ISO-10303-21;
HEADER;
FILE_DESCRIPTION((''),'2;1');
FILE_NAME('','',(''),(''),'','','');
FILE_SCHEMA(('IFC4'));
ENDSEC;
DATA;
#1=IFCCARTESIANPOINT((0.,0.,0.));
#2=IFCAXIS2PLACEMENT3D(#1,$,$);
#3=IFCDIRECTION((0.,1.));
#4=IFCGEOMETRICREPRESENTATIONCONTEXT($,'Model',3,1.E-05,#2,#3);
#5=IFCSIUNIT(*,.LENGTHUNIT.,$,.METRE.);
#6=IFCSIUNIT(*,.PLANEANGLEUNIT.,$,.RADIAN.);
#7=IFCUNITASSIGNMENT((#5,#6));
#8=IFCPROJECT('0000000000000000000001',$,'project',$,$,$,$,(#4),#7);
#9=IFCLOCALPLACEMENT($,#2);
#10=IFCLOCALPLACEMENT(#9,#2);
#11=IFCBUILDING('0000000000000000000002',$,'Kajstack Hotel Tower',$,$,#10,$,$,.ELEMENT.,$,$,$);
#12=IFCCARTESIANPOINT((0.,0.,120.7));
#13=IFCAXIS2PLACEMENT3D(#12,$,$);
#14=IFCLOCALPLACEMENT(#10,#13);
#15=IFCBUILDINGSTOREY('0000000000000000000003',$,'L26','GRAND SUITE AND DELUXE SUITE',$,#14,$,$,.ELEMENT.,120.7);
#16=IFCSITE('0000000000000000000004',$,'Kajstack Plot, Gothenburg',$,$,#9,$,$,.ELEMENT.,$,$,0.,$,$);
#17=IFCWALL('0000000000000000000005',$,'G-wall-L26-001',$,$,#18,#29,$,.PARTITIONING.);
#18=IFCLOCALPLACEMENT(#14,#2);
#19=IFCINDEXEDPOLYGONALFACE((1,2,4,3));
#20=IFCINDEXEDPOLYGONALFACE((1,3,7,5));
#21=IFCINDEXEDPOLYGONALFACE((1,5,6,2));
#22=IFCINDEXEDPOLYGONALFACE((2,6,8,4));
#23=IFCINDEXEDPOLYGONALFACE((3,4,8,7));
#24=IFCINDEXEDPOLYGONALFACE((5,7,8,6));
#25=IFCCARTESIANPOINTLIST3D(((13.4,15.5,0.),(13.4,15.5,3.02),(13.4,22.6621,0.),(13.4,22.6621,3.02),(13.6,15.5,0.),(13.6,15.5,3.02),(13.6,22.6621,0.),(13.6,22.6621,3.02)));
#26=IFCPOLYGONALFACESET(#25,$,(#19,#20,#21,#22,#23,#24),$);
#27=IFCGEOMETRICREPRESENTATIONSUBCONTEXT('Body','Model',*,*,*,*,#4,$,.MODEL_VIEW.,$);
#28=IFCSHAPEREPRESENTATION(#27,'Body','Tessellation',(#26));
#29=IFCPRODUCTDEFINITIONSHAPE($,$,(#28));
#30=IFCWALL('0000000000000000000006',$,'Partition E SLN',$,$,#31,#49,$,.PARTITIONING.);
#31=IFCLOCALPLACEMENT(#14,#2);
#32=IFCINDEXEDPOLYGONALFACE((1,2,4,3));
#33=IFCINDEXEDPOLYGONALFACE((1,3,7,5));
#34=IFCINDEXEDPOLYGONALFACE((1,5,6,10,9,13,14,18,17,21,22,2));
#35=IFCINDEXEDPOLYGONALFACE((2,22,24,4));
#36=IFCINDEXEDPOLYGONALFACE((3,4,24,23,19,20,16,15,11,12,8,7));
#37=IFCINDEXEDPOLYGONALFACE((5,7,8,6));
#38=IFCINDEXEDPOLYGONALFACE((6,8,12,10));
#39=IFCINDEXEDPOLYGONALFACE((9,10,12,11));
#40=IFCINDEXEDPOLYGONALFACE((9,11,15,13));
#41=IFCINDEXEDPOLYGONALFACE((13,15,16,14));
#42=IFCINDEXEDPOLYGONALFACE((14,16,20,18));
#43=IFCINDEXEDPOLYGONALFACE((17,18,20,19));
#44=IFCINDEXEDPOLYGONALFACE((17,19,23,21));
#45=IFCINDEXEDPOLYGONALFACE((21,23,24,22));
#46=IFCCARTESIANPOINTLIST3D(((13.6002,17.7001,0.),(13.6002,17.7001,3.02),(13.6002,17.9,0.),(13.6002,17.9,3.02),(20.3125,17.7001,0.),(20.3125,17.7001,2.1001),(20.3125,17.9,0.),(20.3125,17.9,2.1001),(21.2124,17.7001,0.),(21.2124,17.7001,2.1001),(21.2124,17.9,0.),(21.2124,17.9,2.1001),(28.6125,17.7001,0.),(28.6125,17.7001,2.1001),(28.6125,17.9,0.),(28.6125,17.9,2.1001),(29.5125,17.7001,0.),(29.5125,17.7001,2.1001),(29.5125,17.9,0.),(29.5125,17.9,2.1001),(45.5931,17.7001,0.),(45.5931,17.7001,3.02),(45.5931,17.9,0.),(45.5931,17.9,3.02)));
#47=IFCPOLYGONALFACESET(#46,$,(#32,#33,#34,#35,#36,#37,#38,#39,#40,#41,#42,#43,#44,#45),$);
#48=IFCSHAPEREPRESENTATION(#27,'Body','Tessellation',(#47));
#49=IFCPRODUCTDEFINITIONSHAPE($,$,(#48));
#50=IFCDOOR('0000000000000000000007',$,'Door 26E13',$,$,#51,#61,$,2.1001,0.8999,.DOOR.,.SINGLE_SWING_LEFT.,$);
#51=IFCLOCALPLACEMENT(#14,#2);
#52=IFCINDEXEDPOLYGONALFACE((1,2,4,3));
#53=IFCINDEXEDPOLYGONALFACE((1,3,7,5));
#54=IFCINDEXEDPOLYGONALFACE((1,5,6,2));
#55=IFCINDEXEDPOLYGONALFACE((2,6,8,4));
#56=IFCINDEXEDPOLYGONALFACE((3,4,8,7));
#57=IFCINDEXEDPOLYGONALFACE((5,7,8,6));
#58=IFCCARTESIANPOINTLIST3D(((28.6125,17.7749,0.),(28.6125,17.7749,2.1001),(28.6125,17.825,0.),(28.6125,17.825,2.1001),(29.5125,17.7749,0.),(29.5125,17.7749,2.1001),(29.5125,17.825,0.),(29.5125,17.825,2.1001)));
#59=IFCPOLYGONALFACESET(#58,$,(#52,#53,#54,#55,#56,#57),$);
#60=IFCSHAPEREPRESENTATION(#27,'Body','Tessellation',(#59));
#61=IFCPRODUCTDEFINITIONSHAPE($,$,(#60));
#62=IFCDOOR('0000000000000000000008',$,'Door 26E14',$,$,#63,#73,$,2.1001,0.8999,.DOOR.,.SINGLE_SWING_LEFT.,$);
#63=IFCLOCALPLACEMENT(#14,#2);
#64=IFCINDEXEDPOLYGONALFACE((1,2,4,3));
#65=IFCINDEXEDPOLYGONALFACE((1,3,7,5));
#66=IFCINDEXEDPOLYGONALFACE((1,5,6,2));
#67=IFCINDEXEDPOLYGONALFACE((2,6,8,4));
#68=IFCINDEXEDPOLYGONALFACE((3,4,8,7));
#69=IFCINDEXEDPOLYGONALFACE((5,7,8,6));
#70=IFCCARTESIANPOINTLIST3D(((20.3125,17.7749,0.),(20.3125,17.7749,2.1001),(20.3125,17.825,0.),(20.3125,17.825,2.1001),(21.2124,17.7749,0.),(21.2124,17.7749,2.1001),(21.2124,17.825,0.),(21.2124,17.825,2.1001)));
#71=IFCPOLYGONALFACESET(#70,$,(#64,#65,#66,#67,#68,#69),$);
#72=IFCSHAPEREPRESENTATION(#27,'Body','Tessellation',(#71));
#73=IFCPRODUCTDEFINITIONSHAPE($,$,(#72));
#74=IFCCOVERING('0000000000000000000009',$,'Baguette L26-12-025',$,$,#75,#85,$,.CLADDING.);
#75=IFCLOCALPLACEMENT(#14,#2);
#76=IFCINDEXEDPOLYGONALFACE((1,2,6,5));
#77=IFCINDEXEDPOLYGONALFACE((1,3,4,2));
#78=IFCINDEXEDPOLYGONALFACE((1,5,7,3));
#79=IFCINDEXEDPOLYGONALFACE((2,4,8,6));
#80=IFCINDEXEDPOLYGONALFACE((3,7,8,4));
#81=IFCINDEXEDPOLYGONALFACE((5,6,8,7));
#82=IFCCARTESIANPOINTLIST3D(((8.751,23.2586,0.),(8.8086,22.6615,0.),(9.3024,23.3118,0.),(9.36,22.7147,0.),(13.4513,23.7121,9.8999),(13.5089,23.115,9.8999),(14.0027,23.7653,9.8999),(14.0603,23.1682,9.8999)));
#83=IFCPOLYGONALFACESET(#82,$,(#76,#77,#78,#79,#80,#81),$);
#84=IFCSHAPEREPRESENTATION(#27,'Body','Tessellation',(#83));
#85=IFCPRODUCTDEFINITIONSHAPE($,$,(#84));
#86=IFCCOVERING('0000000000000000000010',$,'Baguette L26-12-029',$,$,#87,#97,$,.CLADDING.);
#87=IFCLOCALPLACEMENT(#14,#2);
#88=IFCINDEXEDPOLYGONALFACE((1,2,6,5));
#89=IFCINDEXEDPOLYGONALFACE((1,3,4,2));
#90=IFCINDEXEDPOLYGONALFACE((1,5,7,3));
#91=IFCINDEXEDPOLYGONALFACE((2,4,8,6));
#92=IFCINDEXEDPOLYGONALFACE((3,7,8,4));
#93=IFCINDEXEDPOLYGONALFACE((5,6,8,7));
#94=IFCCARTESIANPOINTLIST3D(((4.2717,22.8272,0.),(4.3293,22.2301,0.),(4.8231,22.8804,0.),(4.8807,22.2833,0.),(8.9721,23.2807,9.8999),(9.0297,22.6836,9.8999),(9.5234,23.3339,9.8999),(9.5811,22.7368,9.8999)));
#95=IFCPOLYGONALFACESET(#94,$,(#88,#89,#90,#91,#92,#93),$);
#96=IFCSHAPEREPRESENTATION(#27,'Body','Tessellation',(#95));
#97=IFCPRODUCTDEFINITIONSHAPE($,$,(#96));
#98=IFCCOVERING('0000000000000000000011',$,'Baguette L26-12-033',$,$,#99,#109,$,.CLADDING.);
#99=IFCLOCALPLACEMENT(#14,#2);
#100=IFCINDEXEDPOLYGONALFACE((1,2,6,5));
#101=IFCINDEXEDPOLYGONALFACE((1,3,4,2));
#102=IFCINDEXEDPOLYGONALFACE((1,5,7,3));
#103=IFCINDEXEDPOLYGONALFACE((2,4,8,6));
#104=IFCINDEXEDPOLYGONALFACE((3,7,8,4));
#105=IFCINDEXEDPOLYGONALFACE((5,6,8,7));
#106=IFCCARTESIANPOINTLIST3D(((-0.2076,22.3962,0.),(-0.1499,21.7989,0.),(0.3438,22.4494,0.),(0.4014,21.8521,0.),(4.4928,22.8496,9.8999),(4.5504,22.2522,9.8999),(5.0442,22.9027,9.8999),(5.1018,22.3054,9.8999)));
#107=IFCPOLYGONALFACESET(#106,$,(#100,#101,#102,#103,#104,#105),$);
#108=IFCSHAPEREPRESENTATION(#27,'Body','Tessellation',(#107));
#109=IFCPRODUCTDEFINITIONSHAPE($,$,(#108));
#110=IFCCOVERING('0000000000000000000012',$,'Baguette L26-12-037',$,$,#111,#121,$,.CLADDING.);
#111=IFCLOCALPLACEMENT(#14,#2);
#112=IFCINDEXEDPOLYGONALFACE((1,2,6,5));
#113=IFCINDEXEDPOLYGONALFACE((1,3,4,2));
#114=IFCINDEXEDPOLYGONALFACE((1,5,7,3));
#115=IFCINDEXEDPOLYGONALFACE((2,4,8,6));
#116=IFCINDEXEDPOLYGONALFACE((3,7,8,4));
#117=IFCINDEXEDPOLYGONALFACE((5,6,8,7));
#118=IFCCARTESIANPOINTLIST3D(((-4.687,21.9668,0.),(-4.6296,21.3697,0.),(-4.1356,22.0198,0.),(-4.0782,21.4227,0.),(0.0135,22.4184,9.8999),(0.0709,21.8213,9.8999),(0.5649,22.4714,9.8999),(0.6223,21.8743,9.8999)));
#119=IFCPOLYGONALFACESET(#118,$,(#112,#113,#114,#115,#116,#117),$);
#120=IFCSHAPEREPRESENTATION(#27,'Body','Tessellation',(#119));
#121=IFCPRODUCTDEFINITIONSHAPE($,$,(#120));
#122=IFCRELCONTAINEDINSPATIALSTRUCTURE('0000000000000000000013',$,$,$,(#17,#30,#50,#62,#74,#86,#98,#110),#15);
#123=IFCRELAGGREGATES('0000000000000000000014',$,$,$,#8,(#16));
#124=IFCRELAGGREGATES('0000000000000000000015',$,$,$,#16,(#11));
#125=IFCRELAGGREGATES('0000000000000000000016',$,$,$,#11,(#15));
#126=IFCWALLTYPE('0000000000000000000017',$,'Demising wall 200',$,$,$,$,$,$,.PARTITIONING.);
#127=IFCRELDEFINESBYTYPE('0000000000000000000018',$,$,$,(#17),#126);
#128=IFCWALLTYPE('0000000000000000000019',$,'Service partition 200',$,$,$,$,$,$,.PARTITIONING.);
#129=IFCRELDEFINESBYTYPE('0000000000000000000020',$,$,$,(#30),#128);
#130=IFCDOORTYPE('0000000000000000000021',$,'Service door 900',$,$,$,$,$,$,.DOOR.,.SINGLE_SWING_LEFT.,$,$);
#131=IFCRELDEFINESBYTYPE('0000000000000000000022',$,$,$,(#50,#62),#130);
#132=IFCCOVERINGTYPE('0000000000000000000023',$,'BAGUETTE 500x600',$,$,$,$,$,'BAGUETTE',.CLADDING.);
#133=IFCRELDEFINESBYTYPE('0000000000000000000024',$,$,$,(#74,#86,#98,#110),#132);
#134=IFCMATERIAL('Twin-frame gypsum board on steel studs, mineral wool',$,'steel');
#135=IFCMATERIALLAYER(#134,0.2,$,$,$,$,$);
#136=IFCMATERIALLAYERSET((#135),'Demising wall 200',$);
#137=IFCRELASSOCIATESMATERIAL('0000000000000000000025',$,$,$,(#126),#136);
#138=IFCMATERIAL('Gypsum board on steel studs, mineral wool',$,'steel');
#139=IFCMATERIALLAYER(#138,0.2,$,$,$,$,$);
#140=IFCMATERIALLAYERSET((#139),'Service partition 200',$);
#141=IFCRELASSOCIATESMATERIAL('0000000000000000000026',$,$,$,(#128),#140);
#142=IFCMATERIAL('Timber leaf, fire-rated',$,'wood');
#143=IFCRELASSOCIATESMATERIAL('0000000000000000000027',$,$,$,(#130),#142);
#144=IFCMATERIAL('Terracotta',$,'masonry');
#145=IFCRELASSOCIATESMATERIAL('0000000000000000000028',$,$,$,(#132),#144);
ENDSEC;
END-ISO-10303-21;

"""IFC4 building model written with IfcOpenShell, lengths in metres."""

from ifc_helpers import new_model, si_unit, direction, frame, frame_2d, origin, origin_2d, place, context, subcontext, project, spatial, polyline, rectangle, outline, extrude, material, layer, layer_set, material_profile, profile_set, type_object, element, fill, save


model = new_model("IFC4")

# Units and contexts
model_context = context("Model", 3, precision=1e-05, world=origin(), true_north=direction((0.0, 1.0)))
body_context = subcontext(model_context, "Body", "Model", "MODEL_VIEW")
ifc_project = project(units=[si_unit("LENGTHUNIT", "METRE"), si_unit("PLANEANGLEUNIT", "RADIAN")], contexts=[model_context])

# Site, building, storey
site_placement = place(None, origin())
site = spatial("IfcSite", under=ifc_project, at=site_placement, Name="Kajstack Plot, Gothenburg", CompositionType="ELEMENT", RefElevation=0.0)
building_placement = place(site_placement, origin())
building = spatial("IfcBuilding", under=site, at=building_placement, Name="Kajstack Hotel Tower", CompositionType="ELEMENT")
storey_placement = place(building_placement, frame((0.0, 0.0, 120.7)))
storey = spatial("IfcBuildingStorey", under=building, at=storey_placement, Name="L26", Description="GRAND SUITE AND DELUXE SUITE", CompositionType="ELEMENT", Elevation=120.7)

# Wall
ifc_material_1 = material(Name="Twin-frame gypsum board on steel studs, mineral wool", Category="steel")
ifc_layer_1 = layer(ifc_material_1, 0.2)
ifc_layer_set_1 = layer_set([ifc_layer_1], Name="Demising wall 200")
wall_type_1 = type_object("IfcWallType", Name="Demising wall 200", PredefinedType="PARTITIONING", material=ifc_layer_set_1)
wall_1_placement = place(storey_placement, frame((13.5, 15.5, 0.0), z_axis=(0.0, 0.0, 1.0), x_axis=(0.0, 1.0, 0.0)))
element("IfcWall", 1, at=wall_1_placement, inside=storey, type_object=wall_type_1, Name="G-wall-L26-001", PredefinedType="PARTITIONING", context=body_context, shape_type="SweptSolid", body=[
    extrude(rectangle(XDim=7.1621, YDim=0.2, at=frame_2d((3.5811, 0.0))), origin(), (0.0, 0.0, 1.0), 3.02),
])

# Wall, openings, doors
ifc_material_2 = material(Name="Gypsum board on steel studs, mineral wool", Category="steel")
ifc_layer_2 = layer(ifc_material_2, 0.2)
ifc_layer_set_2 = layer_set([ifc_layer_2], Name="Service partition 200")
wall_type_2 = type_object("IfcWallType", Name="Service partition 200", PredefinedType="PARTITIONING", material=ifc_layer_set_2)
wall_2_placement = place(storey_placement, frame((13.6001, 17.8, 0.0), z_axis=(0.0, 0.0, 1.0), x_axis=(1.0, 0.0, 0.0)))
wall_2 = element("IfcWall", 2, at=wall_2_placement, inside=storey, type_object=wall_type_2, Name="Partition E SLN", PredefinedType="PARTITIONING", context=body_context, shape_type="SweptSolid", body=[
    extrude(rectangle(XDim=31.9929, YDim=0.2, at=frame_2d((15.9966, 0.0))), origin(), (0.0, 0.0, 1.0), 3.02),
])
opening_1_placement = place(wall_2_placement, frame((15.0125, 0.0, 0.0)))
opening_1 = element("IfcOpeningElement", 3, at=opening_1_placement, cuts=wall_2, PredefinedType="OPENING", context=body_context, shape_type="SweptSolid", body=[
    extrude(rectangle(XDim=0.8999, YDim=2.1001, at=frame_2d((0.45, 1.05))), frame((0.0, 0.1099, 0.0), z_axis=(0.0, -1.0, 0.0), x_axis=(1.0, 0.0, 0.0)), (0.0, 0.0, 1.0), 0.22),
])
opening_2_placement = place(wall_2_placement, frame((6.7124, 0.0, 0.0)))
opening_2 = element("IfcOpeningElement", 4, at=opening_2_placement, cuts=wall_2, PredefinedType="OPENING", context=body_context, shape_type="SweptSolid", body=[
    extrude(rectangle(XDim=0.8999, YDim=2.1001, at=frame_2d((0.45, 1.05))), frame((0.0, 0.1099, 0.0), z_axis=(0.0, -1.0, 0.0), x_axis=(1.0, 0.0, 0.0)), (0.0, 0.0, 1.0), 0.22),
])
ifc_material_3 = material(Name="Timber leaf, fire-rated", Category="wood")
door_type = type_object("IfcDoorType", Name="Service door 900", OperationType="SINGLE_SWING_LEFT", PredefinedType="DOOR", material=ifc_material_3)
door_1_placement = place(opening_1_placement, origin())
door_1 = element("IfcDoor", 5, at=door_1_placement, inside=storey, type_object=door_type, Name="Door 26E13", OperationType="SINGLE_SWING_LEFT", OverallHeight=2.1001, OverallWidth=0.8999, PredefinedType="DOOR", context=body_context, shape_type="SweptSolid", body=[
    extrude(rectangle(XDim=0.8999, YDim=2.1001, at=frame_2d((0.45, 1.05))), frame((0.0, 0.0249, 0.0), z_axis=(0.0, -1.0, 0.0), x_axis=(1.0, 0.0, 0.0)), (0.0, 0.0, 1.0), 0.05),
])
fill(opening_1, door_1)
door_2_placement = place(opening_2_placement, origin())
door_2 = element("IfcDoor", 6, at=door_2_placement, inside=storey, type_object=door_type, Name="Door 26E14", OperationType="SINGLE_SWING_LEFT", OverallHeight=2.1001, OverallWidth=0.8999, PredefinedType="DOOR", context=body_context, shape_type="SweptSolid", body=[
    extrude(rectangle(XDim=0.8999, YDim=2.1001, at=frame_2d((0.45, 1.05))), frame((0.0, 0.0249, 0.0), z_axis=(0.0, -1.0, 0.0), x_axis=(1.0, 0.0, 0.0)), (0.0, 0.0, 1.0), 0.05),
])
fill(opening_2, door_2)

# Coverings
ifc_material_4 = material(Name="Terracotta", Category="masonry")
ifc_material_profile = material_profile(ifc_material_4, rectangle(XDim=0.6001, YDim=0.5, at=origin_2d()), Name="Terracotta-clad concrete baguette 500 x 600")
ifc_profile_set = profile_set([ifc_material_profile], Name="Terracotta")
covering_type = type_object("IfcCoveringType", Name="BAGUETTE 500x600", ElementType="BAGUETTE", PredefinedType="CLADDING", material=ifc_profile_set)
for number, where, z_axis, x_axis, name in (
    (7, (14.0603, 23.1682, 0.0), (-0.096038, 0.995378, 0.0), (-0.995378, -0.096038, 0.0), "Baguette L26-12-025"),
    (8, (9.5811, 22.7368, 0.0), (-0.096038, 0.995378, 0.0), (-0.995378, -0.096038, 0.0), "Baguette L26-12-029"),
):
    element("IfcCovering", number, at=place(storey_placement, frame(where, z_axis=z_axis, x_axis=x_axis)), inside=storey, type_object=covering_type, Name=name, PredefinedType="CLADDING", context=body_context, shape_type="SweptSolid", body=[
        extrude(outline(polyline([(0.0, 9.8999), (4.7222, 0.0), (5.2761, 0.0), (0.554, 9.8999), (0.0, 9.8999)])), origin(), (0.0, 0.0, 1.0), 0.5999),
    ])
covering_1_placement = place(storey_placement, frame((5.1018, 22.3054, 0.0), z_axis=(-0.095999, 0.995381, 0.0), x_axis=(-0.995381, -0.095999, 0.0)))
element("IfcCovering", 9, at=covering_1_placement, inside=storey, type_object=covering_type, Name="Baguette L26-12-033", PredefinedType="CLADDING", context=body_context, shape_type="SweptSolid", body=[
    extrude(outline(polyline([(0.0, 9.8999), (4.7222, 0.0), (5.2761, 0.0), (0.554, 9.8999), (0.0, 9.8999)])), origin(), (0.0, 0.0, 1.0), 0.6001),
])
covering_2_placement = place(storey_placement, frame((0.6223, 21.8743, 0.0), z_axis=(-0.095635, 0.995416, 0.0), x_axis=(-0.995416, -0.095635, 0.0)))
element("IfcCovering", 10, at=covering_2_placement, inside=storey, type_object=covering_type, Name="Baguette L26-12-037", PredefinedType="CLADDING", context=body_context, shape_type="SweptSolid", body=[
    extrude(outline(polyline([(0.0, 9.8999), (4.7222, 0.0), (5.2761, 0.0), (0.554, 9.8999), (0.0, 9.8999)])), origin(), (0.0, 0.0, 1.0), 0.5999),
])

save(model, "model.ifc")
